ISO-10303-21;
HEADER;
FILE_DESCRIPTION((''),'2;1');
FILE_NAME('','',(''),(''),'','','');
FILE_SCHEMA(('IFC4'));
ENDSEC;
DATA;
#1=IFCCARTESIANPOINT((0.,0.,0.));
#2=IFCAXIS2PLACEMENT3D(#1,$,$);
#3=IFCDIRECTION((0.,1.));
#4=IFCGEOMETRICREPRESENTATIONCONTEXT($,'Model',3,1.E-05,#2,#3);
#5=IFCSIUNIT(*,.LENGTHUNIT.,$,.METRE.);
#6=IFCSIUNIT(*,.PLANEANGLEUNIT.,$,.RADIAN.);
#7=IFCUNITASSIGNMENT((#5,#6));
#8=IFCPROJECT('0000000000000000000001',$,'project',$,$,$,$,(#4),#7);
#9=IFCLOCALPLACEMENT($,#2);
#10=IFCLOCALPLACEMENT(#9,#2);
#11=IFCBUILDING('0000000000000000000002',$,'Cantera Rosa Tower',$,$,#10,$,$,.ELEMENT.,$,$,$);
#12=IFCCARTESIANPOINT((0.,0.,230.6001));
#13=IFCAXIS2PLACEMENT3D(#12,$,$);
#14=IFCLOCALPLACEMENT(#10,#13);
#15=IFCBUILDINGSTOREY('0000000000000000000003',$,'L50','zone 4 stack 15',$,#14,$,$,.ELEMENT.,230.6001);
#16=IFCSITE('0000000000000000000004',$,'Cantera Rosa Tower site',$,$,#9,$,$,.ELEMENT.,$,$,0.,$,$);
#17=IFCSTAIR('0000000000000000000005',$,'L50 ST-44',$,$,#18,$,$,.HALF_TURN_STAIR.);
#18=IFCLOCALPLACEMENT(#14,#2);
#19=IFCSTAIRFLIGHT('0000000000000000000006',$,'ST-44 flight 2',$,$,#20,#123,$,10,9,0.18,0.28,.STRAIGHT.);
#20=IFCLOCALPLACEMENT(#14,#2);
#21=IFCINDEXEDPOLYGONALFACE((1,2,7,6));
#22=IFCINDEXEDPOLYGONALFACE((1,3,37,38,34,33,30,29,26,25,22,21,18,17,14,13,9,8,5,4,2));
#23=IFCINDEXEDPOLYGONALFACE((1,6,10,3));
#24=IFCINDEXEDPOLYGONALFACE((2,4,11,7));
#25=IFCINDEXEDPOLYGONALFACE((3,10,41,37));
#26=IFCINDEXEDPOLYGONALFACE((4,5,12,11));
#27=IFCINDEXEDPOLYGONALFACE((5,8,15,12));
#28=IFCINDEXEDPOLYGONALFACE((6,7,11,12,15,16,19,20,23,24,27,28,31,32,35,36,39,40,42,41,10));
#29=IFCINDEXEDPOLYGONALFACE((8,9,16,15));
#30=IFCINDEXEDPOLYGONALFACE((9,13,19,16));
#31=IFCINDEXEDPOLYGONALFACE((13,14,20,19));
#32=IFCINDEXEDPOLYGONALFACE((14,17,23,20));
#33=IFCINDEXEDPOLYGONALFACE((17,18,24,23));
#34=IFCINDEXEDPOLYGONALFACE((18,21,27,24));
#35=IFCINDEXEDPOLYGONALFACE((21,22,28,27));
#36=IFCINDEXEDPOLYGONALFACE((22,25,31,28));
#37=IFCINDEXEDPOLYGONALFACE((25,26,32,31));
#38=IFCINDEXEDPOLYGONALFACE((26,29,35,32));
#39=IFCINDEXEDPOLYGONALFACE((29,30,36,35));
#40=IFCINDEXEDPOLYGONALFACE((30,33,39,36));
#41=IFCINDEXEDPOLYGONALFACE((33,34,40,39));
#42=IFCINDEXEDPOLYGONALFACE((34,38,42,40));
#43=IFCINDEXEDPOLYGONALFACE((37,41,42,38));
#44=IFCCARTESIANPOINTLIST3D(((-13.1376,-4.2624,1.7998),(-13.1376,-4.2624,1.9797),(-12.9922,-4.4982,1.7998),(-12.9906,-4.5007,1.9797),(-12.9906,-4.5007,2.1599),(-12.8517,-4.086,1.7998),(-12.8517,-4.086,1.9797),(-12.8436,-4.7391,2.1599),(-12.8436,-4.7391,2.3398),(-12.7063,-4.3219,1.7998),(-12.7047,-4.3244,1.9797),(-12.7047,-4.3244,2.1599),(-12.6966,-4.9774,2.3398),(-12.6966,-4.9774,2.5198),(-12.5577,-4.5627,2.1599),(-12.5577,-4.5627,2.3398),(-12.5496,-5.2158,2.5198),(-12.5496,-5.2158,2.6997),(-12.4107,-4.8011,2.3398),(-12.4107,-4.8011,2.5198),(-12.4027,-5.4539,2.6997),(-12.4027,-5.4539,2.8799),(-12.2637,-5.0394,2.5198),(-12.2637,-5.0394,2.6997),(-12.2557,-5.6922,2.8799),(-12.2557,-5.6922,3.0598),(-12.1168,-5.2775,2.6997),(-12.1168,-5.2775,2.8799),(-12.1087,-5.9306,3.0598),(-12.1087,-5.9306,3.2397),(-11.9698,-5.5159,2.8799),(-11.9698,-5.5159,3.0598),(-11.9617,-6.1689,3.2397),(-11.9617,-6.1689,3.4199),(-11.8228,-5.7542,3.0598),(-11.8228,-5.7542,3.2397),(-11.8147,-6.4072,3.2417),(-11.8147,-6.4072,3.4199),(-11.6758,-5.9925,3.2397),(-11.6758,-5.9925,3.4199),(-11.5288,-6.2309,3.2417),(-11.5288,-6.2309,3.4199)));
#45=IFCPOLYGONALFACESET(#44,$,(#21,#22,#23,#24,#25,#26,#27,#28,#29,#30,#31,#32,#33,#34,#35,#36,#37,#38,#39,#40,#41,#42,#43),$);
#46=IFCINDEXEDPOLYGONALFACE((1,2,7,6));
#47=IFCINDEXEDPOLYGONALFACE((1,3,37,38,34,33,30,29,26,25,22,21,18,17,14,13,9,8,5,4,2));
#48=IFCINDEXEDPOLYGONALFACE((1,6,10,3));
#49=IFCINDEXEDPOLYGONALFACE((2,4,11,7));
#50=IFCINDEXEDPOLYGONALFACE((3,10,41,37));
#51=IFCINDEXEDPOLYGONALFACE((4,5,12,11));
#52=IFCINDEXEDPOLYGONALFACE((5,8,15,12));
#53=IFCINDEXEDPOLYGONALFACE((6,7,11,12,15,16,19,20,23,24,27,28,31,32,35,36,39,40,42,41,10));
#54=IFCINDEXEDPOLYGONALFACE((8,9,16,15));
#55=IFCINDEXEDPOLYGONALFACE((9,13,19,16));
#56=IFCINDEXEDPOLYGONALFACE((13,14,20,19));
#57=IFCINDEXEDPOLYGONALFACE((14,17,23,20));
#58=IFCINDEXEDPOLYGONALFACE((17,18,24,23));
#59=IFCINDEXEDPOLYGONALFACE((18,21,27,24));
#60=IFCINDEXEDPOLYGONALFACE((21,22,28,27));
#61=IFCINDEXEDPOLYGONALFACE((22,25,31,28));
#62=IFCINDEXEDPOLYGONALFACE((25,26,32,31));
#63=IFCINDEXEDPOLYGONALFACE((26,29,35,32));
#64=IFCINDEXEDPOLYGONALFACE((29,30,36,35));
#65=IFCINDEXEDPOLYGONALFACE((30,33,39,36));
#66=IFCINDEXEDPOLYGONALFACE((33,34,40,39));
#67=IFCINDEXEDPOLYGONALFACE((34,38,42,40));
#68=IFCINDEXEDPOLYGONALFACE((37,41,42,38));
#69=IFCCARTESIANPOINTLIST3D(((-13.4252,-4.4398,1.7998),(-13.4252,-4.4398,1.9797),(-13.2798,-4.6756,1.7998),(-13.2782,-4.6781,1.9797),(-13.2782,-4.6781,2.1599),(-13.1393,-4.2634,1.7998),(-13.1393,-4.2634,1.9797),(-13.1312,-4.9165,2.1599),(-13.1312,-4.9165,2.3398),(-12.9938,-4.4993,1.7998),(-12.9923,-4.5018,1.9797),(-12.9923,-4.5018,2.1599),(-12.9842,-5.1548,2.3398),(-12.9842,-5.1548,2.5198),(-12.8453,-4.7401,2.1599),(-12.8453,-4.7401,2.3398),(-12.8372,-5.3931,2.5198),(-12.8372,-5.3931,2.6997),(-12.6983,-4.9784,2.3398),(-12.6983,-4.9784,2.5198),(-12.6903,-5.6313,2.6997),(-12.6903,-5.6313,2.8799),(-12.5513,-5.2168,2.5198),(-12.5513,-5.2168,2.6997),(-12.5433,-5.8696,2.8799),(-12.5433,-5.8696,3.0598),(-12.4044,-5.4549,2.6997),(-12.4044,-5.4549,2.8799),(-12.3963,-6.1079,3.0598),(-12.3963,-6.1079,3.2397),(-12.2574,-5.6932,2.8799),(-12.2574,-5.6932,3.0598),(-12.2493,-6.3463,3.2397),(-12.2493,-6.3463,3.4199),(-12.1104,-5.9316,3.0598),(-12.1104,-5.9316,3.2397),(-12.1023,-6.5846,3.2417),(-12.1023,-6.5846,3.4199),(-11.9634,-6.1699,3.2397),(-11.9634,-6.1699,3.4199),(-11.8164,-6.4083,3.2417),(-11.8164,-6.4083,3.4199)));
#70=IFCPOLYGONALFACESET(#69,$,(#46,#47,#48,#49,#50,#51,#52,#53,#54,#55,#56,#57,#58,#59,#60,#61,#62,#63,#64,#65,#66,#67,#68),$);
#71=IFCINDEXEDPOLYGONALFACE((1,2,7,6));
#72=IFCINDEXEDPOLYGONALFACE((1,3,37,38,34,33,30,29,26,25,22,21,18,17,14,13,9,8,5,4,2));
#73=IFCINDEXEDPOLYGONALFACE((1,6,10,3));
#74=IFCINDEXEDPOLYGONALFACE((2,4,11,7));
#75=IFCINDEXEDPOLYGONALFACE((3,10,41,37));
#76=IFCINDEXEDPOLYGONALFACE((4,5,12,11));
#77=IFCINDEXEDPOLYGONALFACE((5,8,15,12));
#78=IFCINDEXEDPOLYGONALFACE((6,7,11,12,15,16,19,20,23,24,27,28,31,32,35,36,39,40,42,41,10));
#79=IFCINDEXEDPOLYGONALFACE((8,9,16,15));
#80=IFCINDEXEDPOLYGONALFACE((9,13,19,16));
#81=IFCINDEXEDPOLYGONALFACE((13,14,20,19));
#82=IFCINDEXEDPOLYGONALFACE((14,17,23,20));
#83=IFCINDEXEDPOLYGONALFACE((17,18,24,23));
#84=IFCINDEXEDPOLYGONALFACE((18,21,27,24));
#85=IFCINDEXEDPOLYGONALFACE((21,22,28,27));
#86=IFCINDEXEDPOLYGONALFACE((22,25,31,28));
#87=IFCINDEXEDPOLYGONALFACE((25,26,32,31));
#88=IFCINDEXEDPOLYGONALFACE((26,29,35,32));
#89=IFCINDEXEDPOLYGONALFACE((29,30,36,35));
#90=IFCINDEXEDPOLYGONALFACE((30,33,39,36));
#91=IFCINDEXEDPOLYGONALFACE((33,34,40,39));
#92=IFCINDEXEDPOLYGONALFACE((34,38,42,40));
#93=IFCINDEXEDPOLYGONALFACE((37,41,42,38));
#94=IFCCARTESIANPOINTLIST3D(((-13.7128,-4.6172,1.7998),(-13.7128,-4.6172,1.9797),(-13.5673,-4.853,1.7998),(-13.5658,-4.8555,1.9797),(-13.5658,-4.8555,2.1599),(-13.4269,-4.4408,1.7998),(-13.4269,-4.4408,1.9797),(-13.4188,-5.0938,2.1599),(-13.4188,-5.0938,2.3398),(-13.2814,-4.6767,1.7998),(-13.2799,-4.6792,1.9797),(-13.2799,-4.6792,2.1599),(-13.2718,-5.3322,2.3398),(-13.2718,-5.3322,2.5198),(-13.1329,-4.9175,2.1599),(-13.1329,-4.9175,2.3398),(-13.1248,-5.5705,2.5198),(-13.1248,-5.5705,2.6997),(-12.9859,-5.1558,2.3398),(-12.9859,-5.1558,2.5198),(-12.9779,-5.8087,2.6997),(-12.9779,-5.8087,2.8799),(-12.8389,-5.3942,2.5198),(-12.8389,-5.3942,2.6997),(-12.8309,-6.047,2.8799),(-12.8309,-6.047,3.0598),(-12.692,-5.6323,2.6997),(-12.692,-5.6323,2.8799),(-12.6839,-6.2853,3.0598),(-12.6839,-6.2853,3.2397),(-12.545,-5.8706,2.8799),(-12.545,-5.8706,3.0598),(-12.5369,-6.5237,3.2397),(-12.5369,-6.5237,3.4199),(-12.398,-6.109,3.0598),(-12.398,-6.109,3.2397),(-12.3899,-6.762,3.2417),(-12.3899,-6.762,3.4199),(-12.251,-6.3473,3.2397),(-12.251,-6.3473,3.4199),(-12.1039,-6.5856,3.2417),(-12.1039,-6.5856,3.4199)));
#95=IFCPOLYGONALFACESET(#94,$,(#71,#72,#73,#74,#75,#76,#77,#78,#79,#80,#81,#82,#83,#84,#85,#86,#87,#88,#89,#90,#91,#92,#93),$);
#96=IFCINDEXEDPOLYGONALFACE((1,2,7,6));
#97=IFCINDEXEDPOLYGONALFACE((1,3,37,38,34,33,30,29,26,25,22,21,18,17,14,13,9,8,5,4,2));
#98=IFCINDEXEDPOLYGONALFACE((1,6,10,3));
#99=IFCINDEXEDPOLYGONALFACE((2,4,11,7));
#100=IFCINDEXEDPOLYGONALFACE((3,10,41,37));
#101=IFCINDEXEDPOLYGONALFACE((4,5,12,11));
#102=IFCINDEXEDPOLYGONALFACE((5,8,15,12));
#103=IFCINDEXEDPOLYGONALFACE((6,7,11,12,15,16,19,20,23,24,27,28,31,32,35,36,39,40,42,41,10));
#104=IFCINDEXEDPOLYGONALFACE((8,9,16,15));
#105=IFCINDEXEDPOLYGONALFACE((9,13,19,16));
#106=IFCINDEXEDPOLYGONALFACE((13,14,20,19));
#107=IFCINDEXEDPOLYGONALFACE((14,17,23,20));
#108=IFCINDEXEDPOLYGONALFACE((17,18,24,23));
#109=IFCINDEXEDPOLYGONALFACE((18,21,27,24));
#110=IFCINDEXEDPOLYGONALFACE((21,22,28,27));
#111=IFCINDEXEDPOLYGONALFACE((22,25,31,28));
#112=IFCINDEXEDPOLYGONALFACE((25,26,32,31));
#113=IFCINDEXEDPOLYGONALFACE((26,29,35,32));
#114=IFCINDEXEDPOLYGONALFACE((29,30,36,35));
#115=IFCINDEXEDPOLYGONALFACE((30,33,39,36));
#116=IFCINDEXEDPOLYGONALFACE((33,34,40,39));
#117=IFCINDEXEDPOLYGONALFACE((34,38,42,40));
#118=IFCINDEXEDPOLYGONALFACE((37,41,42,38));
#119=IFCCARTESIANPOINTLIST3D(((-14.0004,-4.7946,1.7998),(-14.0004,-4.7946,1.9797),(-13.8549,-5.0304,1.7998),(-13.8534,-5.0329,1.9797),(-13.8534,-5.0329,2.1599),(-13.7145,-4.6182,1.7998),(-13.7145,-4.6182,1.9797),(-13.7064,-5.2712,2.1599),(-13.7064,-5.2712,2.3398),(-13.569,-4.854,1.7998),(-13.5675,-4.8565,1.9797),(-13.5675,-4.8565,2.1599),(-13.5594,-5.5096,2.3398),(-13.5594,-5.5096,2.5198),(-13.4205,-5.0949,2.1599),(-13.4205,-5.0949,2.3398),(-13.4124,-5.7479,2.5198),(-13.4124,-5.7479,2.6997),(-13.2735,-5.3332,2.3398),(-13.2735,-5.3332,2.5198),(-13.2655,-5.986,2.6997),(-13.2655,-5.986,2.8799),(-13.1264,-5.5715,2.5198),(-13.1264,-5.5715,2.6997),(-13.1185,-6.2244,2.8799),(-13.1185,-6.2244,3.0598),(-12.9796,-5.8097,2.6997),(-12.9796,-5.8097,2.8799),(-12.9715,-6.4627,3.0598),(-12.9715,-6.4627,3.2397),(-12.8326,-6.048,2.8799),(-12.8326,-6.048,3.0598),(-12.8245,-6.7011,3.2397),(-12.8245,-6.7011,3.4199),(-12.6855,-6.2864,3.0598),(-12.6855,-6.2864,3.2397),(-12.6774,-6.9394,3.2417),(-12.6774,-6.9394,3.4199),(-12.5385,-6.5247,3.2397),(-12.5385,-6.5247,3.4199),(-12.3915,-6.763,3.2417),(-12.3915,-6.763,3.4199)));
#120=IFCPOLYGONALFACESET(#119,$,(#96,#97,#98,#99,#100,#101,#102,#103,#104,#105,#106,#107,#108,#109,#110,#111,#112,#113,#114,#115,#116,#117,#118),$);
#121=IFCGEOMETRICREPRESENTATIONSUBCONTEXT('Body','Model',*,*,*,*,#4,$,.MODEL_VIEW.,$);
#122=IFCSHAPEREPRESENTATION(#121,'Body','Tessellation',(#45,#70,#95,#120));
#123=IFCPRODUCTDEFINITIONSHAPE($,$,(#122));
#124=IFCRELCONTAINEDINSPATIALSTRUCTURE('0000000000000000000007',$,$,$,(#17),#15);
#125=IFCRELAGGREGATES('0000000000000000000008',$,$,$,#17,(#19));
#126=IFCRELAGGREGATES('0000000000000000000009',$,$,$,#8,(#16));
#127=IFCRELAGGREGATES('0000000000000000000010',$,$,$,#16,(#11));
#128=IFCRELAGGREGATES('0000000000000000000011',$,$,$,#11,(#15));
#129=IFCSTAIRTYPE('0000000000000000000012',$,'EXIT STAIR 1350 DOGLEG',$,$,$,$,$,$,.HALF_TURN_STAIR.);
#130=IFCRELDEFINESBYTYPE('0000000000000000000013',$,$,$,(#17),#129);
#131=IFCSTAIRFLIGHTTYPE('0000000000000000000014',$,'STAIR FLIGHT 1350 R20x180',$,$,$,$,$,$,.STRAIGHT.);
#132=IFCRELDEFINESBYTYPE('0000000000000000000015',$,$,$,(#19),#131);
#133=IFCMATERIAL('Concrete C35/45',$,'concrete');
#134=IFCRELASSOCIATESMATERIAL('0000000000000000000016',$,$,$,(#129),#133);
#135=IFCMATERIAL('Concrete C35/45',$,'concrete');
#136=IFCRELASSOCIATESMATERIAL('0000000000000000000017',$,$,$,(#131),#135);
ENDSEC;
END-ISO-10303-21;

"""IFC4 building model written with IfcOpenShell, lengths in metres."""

from ifc_helpers import new_model, si_unit, direction, frame, origin, place, context, subcontext, project, spatial, polyline, outline, extrude, material, type_object, element, aggregate, save


model = new_model("IFC4")

# Units and contexts
model_context = context("Model", 3, precision=1e-05, world=origin(), true_north=direction((0.0, 1.0)))
body_context = subcontext(model_context, "Body", "Model", "MODEL_VIEW")
ifc_project = project(units=[si_unit("LENGTHUNIT", "METRE"), si_unit("PLANEANGLEUNIT", "RADIAN")], contexts=[model_context])

# Site, building, storey
site_placement = place(None, origin())
site = spatial("IfcSite", under=ifc_project, at=site_placement, Name="Cantera Rosa Tower site", CompositionType="ELEMENT", RefElevation=0.0)
building_placement = place(site_placement, origin())
building = spatial("IfcBuilding", under=site, at=building_placement, Name="Cantera Rosa Tower", CompositionType="ELEMENT")
storey_placement = place(building_placement, frame((0.0, 0.0, 230.6001)))
storey = spatial("IfcBuildingStorey", under=building, at=storey_placement, Name="L50", Description="zone 4 stack 15", CompositionType="ELEMENT", Elevation=230.6001)

# Shared definitions
ifc_material_1 = material(Name="Concrete C35/45", Category="concrete")
stair_type = type_object("IfcStairType", Name="EXIT STAIR 1350 DOGLEG", PredefinedType="HALF_TURN_STAIR", material=ifc_material_1)
ifc_material_2 = material(Name="Concrete C35/45", Category="concrete")
stair_flight_type = type_object("IfcStairFlightType", Name="STAIR FLIGHT 1350 R20x180", PredefinedType="STRAIGHT", material=ifc_material_2)

# Stair, stair flight
stair_1_placement = place(storey_placement, origin())
stair_1 = element("IfcStair", 1, at=stair_1_placement, inside=storey, type_object=stair_type, Name="L50 ST-44", PredefinedType="HALF_TURN_STAIR")
stair_flight_1_placement = place(storey_placement, frame((-13.4263, -4.4404, 1.7998), z_axis=(0.0, 0.0, 1.0), x_axis=(0.524977, -0.851117, 0.0)))
stair_flight_1 = element("IfcStairFlight", 2, at=stair_flight_1_placement, type_object=stair_flight_type, Name="ST-44 flight 2", NumberOfRisers=10, NumberOfTreads=9, PredefinedType="STRAIGHT", RiserHeight=0.18, TreadLength=0.28, context=body_context, shape_type="SweptSolid", body=[
    extrude(outline(polyline([(0.0, 0.0), (0.0, 0.1799), (0.28, 0.1799), (0.28, 0.3601), (0.5601, 0.3601), (0.5601, 0.54), (0.8401, 0.54), (0.8401, 0.72), (1.1201, 0.72), (1.1201, 0.8999), (1.3999, 0.8999), (1.3999, 1.0801), (1.6799, 1.0801), (1.6799, 1.26), (1.96, 1.26), (1.96, 1.4399), (2.24, 1.4399), (2.24, 1.6201), (2.52, 1.6201), (2.52, 1.8), (2.52, 1.4419), (0.2771, 0.0), (0.0, 0.0)])), frame((0.0, 0.675, 0.0), z_axis=(0.0, -1.0, 0.0), x_axis=(1.0, 0.0, 0.0)), (0.0, 0.0, 1.0), 0.3359),
    extrude(outline(polyline([(0.0, 0.0), (0.0, 0.1799), (0.28, 0.1799), (0.28, 0.3601), (0.5601, 0.3601), (0.5601, 0.54), (0.8401, 0.54), (0.8401, 0.72), (1.1201, 0.72), (1.1201, 0.8999), (1.3999, 0.8999), (1.3999, 1.0801), (1.6799, 1.0801), (1.6799, 1.26), (1.96, 1.26), (1.96, 1.4399), (2.24, 1.4399), (2.24, 1.6201), (2.52, 1.6201), (2.52, 1.8), (2.52, 1.4419), (0.2771, 0.0), (0.0, 0.0)])), frame((0.0, 0.3372, 0.0), z_axis=(0.0, -1.0, 0.0), x_axis=(1.0, 0.0, 0.0)), (0.0, 0.0, 1.0), 0.3359),
    extrude(outline(polyline([(0.0, 0.0), (0.0, 0.1799), (0.28, 0.1799), (0.28, 0.3601), (0.5601, 0.3601), (0.5601, 0.54), (0.8401, 0.54), (0.8401, 0.72), (1.1201, 0.72), (1.1201, 0.8999), (1.3999, 0.8999), (1.3999, 1.0801), (1.6799, 1.0801), (1.6799, 1.26), (1.96, 1.26), (1.96, 1.4399), (2.24, 1.4399), (2.24, 1.6201), (2.52, 1.6201), (2.52, 1.8), (2.52, 1.4419), (0.2771, 0.0), (0.0, 0.0)])), frame((0.0, -0.0007, 0.0), z_axis=(0.0, -1.0, 0.0), x_axis=(1.0, 0.0, 0.0)), (0.0, 0.0, 1.0), 0.3359),
    extrude(outline(polyline([(0.0, 0.0), (0.0, 0.1799), (0.28, 0.1799), (0.28, 0.3601), (0.5601, 0.3601), (0.5601, 0.54), (0.8401, 0.54), (0.8401, 0.72), (1.1201, 0.72), (1.1201, 0.8999), (1.3999, 0.8999), (1.3999, 1.0801), (1.6799, 1.0801), (1.6799, 1.26), (1.96, 1.26), (1.96, 1.4399), (2.24, 1.4399), (2.24, 1.6201), (2.52, 1.6201), (2.52, 1.8), (2.52, 1.4419), (0.2771, 0.0), (0.0, 0.0)])), frame((0.0, -0.3386, 0.0), z_axis=(0.0, -1.0, 0.0), x_axis=(1.0, 0.0, 0.0)), (0.0, 0.0, 1.0), 0.3359),
])
aggregate(stair_1, [stair_flight_1])

save(model, "model.ifc")
